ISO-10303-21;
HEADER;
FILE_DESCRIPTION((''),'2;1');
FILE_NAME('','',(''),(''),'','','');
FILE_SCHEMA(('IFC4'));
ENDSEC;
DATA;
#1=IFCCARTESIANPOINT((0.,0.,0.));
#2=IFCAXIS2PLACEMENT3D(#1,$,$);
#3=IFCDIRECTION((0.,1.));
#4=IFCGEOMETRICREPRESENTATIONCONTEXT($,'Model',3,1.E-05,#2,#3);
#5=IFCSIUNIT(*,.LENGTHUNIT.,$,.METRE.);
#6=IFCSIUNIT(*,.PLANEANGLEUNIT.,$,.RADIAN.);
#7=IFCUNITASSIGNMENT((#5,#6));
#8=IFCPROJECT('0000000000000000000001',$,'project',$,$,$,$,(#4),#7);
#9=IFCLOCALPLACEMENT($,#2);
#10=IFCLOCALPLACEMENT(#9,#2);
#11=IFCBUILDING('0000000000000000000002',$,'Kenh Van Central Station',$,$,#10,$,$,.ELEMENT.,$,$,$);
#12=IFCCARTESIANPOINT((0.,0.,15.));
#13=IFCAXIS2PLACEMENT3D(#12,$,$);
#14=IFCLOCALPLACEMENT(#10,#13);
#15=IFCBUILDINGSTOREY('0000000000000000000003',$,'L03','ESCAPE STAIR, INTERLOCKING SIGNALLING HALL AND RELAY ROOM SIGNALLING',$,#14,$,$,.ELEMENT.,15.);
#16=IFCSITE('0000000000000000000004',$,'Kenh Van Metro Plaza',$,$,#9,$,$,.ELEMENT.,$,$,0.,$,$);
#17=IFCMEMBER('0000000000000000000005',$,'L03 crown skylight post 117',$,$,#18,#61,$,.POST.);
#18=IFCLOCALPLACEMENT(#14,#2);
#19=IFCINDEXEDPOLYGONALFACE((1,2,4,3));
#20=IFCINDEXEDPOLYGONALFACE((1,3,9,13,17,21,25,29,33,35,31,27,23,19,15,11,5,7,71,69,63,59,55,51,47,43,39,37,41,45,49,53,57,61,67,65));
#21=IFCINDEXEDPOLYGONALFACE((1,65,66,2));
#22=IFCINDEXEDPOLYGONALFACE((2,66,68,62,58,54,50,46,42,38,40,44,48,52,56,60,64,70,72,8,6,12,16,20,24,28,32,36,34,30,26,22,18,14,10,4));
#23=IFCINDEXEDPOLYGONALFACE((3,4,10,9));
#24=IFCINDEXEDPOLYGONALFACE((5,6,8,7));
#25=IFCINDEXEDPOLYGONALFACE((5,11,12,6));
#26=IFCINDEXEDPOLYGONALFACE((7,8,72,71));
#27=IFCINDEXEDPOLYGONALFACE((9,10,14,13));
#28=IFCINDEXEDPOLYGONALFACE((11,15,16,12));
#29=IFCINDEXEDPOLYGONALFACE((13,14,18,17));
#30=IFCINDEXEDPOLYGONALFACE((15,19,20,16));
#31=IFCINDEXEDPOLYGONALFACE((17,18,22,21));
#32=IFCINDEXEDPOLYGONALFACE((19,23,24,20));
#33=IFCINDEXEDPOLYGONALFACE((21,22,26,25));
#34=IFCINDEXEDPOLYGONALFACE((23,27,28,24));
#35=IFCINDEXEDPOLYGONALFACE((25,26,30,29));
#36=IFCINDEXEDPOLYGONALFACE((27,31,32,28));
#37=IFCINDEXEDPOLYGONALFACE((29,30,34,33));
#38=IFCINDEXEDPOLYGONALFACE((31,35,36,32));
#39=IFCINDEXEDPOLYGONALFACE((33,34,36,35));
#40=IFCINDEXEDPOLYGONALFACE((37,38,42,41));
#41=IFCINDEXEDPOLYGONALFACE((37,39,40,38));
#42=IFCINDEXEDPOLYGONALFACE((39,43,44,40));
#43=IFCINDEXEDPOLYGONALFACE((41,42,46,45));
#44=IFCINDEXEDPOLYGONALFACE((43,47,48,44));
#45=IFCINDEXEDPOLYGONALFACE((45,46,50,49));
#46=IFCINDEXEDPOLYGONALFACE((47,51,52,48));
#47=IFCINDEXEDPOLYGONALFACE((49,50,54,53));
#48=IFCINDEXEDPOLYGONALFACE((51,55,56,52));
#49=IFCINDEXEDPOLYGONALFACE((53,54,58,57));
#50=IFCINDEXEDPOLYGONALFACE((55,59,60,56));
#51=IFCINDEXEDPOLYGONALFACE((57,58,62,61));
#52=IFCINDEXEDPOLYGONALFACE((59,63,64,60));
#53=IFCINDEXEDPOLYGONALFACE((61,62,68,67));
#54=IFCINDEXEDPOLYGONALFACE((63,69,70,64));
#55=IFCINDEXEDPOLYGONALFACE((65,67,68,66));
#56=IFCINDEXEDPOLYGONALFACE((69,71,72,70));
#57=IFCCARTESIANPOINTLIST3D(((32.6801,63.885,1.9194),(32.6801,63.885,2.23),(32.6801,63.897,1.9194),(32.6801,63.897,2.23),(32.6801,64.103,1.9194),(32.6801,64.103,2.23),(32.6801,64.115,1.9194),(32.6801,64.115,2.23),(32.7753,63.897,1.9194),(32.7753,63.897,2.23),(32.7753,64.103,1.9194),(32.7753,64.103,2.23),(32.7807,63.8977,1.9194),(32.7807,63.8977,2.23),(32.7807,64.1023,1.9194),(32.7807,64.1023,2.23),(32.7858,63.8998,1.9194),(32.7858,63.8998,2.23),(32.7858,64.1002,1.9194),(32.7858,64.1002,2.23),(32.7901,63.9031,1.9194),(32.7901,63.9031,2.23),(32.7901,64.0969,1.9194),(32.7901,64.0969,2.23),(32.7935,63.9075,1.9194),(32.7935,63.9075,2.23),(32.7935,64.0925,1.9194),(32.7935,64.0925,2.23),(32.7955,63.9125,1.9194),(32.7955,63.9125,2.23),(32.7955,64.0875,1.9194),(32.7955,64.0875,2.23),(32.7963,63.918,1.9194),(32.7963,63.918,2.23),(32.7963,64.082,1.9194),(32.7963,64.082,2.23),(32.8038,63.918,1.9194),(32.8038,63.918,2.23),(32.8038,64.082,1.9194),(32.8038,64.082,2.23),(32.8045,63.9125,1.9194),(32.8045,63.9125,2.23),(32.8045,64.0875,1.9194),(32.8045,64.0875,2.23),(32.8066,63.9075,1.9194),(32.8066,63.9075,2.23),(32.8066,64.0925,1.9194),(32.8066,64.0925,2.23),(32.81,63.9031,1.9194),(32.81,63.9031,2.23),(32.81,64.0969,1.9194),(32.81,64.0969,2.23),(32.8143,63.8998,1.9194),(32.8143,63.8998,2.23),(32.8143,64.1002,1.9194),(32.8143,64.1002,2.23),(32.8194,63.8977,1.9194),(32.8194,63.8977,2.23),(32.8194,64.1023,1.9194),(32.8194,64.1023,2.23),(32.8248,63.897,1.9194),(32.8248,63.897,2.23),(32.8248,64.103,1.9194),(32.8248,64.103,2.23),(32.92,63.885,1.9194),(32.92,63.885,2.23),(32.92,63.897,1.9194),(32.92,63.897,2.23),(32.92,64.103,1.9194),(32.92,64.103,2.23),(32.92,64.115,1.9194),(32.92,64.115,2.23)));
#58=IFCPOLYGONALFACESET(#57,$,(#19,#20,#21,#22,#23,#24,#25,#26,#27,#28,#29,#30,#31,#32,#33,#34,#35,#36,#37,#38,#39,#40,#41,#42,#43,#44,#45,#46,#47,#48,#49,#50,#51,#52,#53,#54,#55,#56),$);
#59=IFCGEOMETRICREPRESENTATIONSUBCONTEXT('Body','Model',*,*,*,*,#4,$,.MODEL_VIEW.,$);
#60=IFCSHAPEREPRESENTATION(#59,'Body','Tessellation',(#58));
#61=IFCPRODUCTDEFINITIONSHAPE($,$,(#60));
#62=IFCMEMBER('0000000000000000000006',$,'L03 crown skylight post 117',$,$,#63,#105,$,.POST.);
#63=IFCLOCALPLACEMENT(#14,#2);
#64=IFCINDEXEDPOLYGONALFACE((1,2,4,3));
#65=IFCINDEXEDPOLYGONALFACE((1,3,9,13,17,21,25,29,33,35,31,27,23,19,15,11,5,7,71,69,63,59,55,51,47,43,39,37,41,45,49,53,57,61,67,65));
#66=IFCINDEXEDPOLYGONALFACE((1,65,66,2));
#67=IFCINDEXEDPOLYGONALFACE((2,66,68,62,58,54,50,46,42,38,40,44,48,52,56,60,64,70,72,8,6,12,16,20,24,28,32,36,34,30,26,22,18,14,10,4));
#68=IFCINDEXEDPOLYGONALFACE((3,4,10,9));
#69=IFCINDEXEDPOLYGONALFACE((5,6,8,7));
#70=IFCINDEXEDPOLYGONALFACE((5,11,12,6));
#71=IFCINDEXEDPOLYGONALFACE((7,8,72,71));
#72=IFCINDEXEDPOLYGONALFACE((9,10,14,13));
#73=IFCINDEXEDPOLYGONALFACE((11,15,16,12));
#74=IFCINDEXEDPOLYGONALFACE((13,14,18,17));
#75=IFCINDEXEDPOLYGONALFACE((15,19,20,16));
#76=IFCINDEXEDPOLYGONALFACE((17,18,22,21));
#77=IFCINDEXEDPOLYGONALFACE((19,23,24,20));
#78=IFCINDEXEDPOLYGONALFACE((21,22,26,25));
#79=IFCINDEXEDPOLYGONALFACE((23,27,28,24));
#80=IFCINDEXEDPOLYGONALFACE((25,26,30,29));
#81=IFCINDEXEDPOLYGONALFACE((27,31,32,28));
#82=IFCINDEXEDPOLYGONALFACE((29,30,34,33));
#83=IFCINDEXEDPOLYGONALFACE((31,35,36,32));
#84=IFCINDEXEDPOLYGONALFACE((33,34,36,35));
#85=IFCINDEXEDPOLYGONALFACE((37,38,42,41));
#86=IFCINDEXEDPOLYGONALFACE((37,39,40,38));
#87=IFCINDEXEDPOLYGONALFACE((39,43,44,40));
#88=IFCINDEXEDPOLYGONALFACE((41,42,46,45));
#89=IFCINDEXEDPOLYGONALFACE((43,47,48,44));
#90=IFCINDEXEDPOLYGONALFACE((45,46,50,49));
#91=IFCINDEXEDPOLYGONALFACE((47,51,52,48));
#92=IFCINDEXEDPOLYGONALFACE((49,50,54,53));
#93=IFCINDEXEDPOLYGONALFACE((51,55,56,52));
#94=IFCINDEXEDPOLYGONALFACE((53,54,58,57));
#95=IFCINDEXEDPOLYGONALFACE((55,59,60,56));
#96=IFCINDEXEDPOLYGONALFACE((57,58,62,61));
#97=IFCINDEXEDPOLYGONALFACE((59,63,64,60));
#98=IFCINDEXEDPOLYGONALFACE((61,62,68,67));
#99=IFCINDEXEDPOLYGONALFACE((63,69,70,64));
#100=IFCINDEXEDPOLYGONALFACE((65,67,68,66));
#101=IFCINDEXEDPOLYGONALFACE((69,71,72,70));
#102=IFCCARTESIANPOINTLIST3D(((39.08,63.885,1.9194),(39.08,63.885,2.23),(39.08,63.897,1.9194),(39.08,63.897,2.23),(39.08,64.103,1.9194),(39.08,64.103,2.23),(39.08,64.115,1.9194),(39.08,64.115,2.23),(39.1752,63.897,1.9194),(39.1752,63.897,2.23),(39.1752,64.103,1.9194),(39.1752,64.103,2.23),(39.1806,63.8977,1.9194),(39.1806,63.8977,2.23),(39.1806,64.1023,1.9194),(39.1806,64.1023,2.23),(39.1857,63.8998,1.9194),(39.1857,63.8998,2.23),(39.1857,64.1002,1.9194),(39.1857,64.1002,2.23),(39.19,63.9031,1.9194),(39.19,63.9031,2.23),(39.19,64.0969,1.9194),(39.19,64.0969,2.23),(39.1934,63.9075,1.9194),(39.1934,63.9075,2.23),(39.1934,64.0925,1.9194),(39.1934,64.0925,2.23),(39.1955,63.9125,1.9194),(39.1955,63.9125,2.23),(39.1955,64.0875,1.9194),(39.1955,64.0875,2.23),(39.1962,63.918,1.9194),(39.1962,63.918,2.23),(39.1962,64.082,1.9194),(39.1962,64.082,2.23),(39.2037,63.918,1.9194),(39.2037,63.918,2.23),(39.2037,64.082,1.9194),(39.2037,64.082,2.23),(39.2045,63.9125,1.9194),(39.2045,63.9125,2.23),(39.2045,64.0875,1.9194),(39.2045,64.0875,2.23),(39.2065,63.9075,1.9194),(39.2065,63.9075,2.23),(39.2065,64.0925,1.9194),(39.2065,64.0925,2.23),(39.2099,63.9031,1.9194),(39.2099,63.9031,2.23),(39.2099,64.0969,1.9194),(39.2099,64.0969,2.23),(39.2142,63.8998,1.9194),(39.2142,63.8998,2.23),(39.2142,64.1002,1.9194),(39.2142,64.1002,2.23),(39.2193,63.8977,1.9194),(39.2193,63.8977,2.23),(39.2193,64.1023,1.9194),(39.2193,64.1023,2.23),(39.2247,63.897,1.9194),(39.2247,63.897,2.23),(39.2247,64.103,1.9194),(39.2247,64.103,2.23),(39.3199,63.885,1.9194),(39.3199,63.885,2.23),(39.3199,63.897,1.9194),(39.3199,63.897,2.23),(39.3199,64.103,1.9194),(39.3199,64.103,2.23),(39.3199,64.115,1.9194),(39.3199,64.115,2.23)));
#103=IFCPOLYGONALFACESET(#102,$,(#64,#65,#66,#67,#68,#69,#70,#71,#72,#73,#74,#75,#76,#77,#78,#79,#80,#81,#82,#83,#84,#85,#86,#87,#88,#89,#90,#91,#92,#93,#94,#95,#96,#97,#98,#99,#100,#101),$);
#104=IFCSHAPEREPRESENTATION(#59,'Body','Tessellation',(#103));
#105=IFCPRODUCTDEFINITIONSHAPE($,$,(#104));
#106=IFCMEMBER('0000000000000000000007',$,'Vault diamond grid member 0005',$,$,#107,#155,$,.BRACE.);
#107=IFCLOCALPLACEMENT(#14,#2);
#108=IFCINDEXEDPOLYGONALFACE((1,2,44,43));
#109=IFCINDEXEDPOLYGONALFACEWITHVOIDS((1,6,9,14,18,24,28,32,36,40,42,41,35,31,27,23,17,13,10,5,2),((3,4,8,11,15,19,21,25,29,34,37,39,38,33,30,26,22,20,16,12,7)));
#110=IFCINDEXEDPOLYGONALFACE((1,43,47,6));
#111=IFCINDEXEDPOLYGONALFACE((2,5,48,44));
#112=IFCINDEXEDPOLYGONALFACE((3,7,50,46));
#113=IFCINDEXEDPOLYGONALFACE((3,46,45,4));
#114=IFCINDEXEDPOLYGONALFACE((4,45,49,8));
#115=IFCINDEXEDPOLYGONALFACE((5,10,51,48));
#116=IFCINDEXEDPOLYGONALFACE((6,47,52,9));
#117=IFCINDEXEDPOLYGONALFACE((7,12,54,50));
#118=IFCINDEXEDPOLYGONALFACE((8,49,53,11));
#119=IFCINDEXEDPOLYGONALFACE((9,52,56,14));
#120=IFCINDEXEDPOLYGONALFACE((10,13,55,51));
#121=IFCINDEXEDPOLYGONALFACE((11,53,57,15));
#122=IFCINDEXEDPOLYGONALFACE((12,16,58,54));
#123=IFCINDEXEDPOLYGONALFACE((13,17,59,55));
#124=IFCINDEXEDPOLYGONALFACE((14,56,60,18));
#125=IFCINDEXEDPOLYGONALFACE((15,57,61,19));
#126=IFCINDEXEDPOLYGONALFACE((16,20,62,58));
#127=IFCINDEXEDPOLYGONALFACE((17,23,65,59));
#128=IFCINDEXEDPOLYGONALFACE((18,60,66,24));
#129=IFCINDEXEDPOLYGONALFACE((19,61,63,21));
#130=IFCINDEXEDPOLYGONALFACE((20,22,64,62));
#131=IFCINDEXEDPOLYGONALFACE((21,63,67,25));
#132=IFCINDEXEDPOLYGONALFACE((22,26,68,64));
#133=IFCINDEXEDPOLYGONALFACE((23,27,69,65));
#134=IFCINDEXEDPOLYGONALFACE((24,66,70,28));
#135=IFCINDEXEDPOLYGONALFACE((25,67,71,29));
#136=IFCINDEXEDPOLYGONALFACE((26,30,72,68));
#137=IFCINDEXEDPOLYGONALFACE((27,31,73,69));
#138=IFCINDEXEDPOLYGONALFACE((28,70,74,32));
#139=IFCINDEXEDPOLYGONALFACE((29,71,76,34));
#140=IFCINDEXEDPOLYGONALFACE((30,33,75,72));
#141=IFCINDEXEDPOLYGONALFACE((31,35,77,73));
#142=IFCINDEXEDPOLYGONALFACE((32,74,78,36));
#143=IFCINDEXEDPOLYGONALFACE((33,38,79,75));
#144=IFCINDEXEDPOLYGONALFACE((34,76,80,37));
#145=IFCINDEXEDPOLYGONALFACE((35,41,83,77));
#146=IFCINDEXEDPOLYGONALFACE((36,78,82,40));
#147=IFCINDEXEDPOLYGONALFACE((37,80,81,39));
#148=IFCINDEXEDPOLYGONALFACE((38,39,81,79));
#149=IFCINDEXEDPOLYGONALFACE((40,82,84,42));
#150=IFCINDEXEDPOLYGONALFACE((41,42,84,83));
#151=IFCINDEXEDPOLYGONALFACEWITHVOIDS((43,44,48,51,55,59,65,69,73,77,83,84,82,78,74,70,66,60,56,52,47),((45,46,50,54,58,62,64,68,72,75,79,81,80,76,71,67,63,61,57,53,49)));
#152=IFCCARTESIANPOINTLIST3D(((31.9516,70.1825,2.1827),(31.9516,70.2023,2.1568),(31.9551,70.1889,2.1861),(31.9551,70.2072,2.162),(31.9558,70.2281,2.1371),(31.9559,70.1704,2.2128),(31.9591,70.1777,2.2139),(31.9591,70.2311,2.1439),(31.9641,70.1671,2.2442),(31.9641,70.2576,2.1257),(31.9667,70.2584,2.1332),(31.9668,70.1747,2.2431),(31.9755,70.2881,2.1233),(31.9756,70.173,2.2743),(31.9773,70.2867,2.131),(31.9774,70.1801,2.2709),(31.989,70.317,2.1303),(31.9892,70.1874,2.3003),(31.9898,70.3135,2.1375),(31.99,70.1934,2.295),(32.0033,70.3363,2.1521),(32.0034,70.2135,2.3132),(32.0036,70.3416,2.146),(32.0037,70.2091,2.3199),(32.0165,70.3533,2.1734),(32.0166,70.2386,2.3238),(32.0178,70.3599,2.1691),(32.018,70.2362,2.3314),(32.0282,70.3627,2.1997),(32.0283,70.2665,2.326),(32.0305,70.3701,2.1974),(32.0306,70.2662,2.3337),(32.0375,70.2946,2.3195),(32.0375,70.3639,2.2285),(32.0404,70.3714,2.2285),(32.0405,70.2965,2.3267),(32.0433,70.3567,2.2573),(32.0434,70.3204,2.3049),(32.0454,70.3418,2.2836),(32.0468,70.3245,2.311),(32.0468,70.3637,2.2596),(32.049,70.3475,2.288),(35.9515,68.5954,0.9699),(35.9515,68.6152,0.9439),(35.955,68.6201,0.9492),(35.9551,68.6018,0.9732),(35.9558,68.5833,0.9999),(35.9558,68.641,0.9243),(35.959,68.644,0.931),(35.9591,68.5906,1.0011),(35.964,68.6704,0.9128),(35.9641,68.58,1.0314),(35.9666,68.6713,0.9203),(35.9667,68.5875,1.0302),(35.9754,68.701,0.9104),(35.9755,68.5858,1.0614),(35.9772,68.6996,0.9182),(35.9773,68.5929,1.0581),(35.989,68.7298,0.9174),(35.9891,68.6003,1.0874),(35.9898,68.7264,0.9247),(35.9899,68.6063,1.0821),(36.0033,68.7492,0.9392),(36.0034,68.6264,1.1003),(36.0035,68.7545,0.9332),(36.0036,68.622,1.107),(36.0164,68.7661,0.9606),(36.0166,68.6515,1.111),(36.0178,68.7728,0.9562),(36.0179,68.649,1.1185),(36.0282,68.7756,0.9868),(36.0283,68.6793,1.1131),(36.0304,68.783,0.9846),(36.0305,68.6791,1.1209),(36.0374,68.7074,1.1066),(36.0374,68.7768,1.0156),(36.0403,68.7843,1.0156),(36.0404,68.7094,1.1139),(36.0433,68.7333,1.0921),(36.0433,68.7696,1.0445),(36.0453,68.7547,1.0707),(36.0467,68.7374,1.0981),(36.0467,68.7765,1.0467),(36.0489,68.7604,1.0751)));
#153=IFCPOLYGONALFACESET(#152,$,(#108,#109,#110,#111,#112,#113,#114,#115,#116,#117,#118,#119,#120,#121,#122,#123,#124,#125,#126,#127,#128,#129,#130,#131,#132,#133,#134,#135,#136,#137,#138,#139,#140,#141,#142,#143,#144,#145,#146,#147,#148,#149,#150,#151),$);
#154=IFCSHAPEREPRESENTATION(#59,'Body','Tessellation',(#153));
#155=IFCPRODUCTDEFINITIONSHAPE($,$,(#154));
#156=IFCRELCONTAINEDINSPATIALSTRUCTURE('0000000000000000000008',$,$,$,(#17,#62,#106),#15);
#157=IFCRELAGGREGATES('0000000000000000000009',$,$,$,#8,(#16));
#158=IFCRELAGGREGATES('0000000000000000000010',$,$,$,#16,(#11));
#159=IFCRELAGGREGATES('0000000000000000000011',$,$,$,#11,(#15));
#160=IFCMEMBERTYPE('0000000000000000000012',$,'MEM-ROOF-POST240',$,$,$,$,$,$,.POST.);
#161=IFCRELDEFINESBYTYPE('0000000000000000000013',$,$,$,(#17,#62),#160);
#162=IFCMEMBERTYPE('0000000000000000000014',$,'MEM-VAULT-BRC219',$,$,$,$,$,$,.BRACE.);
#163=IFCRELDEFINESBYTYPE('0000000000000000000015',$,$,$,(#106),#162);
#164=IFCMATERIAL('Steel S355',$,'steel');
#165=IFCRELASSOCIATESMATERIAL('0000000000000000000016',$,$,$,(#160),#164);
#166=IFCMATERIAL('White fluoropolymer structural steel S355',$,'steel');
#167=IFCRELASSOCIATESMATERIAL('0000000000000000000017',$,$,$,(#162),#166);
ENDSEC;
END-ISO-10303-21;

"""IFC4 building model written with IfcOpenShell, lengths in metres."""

from ifc_helpers import new_model, si_unit, direction, frame, origin, origin_2d, place, context, subcontext, project, spatial, hollow_circle, i_section, extrude, material, material_profile, profile_set, type_object, element, save


model = new_model("IFC4")

# Units and contexts
model_context = context("Model", 3, precision=1e-05, world=origin(), true_north=direction((0.0, 1.0)))
body_context = subcontext(model_context, "Body", "Model", "MODEL_VIEW")
ifc_project = project(units=[si_unit("LENGTHUNIT", "METRE"), si_unit("PLANEANGLEUNIT", "RADIAN")], contexts=[model_context])

# Site, building, storey
site_placement = place(None, origin())
site = spatial("IfcSite", under=ifc_project, at=site_placement, Name="Kenh Van Metro Plaza", CompositionType="ELEMENT", RefElevation=0.0)
building_placement = place(site_placement, origin())
building = spatial("IfcBuilding", under=site, at=building_placement, Name="Kenh Van Central Station", CompositionType="ELEMENT")
storey_placement = place(building_placement, frame((0.0, 0.0, 15.0)))
storey = spatial("IfcBuildingStorey", under=building, at=storey_placement, Name="L03", Description="ESCAPE STAIR, INTERLOCKING SIGNALLING HALL AND RELAY ROOM SIGNALLING", CompositionType="ELEMENT", Elevation=15.0)

# Shared definitions
ifc_material_1 = material(Name="Steel S355", Category="steel")
ifc_material_2 = material(Name="White fluoropolymer structural steel S355", Category="steel")

# Members
ifc_material_profile_1 = material_profile(ifc_material_1, i_section(OverallWidth=0.24, OverallDepth=0.23, WebThickness=0.0076, FlangeThickness=0.012, FilletRadius=0.021, at=origin_2d()), Name="HEA 240")
ifc_profile_set_1 = profile_set([ifc_material_profile_1], Name="Steel S355")
member_type_1 = type_object("IfcMemberType", Name="MEM-ROOF-POST240", PredefinedType="POST", material=ifc_profile_set_1)
for number, where, z_axis, x_axis, name in (
    (1, (32.8, 64.0, 1.9194), (0.0, 0.0, 1.0), (1.0, 0.0, 0.0), "L03 crown skylight post 117"),
    (2, (39.2, 64.0, 1.9194), (0.0, 0.0, 1.0), (1.0, 0.0, 0.0), "L03 crown skylight post 117"),
):
    element("IfcMember", number, at=place(storey_placement, frame(where, z_axis=z_axis, x_axis=x_axis)), inside=storey, type_object=member_type_1, Name=name, PredefinedType="POST", context=body_context, shape_type="SweptSolid", body=[
        extrude(i_section(OverallWidth=0.24, OverallDepth=0.23, WebThickness=0.0076, FlangeThickness=0.012, FilletRadius=0.021, at=origin_2d()), origin(), (0.0, 0.0, 1.0), 0.3105),
    ])
ifc_material_profile_2 = material_profile(ifc_material_2, hollow_circle(Radius=0.1096, WallThickness=0.0081, at=origin_2d()), Name="CHS 219.1x8")
ifc_profile_set_2 = profile_set([ifc_material_profile_2], Name="White fluoropolymer structural steel S355")
member_type_2 = type_object("IfcMemberType", Name="MEM-VAULT-BRC219", PredefinedType="BRACE", material=ifc_profile_set_2)
member_1_placement = place(storey_placement, frame((32.0, 70.2695, 2.2285), z_axis=(0.894647, -0.354987, -0.271277), x_axis=(0.368817, 0.929502, 0.0)))
element("IfcMember", 3, at=member_1_placement, inside=storey, type_object=member_type_2, Name="Vault diamond grid member 0005", PredefinedType="BRACE", context=body_context, shape_type="SweptSolid", body=[
    extrude(hollow_circle(Radius=0.1096, WallThickness=0.0081, at=origin_2d()), origin(), (0.0, 0.0, 1.0), 4.4709),
])

save(model, "model.ifc")
